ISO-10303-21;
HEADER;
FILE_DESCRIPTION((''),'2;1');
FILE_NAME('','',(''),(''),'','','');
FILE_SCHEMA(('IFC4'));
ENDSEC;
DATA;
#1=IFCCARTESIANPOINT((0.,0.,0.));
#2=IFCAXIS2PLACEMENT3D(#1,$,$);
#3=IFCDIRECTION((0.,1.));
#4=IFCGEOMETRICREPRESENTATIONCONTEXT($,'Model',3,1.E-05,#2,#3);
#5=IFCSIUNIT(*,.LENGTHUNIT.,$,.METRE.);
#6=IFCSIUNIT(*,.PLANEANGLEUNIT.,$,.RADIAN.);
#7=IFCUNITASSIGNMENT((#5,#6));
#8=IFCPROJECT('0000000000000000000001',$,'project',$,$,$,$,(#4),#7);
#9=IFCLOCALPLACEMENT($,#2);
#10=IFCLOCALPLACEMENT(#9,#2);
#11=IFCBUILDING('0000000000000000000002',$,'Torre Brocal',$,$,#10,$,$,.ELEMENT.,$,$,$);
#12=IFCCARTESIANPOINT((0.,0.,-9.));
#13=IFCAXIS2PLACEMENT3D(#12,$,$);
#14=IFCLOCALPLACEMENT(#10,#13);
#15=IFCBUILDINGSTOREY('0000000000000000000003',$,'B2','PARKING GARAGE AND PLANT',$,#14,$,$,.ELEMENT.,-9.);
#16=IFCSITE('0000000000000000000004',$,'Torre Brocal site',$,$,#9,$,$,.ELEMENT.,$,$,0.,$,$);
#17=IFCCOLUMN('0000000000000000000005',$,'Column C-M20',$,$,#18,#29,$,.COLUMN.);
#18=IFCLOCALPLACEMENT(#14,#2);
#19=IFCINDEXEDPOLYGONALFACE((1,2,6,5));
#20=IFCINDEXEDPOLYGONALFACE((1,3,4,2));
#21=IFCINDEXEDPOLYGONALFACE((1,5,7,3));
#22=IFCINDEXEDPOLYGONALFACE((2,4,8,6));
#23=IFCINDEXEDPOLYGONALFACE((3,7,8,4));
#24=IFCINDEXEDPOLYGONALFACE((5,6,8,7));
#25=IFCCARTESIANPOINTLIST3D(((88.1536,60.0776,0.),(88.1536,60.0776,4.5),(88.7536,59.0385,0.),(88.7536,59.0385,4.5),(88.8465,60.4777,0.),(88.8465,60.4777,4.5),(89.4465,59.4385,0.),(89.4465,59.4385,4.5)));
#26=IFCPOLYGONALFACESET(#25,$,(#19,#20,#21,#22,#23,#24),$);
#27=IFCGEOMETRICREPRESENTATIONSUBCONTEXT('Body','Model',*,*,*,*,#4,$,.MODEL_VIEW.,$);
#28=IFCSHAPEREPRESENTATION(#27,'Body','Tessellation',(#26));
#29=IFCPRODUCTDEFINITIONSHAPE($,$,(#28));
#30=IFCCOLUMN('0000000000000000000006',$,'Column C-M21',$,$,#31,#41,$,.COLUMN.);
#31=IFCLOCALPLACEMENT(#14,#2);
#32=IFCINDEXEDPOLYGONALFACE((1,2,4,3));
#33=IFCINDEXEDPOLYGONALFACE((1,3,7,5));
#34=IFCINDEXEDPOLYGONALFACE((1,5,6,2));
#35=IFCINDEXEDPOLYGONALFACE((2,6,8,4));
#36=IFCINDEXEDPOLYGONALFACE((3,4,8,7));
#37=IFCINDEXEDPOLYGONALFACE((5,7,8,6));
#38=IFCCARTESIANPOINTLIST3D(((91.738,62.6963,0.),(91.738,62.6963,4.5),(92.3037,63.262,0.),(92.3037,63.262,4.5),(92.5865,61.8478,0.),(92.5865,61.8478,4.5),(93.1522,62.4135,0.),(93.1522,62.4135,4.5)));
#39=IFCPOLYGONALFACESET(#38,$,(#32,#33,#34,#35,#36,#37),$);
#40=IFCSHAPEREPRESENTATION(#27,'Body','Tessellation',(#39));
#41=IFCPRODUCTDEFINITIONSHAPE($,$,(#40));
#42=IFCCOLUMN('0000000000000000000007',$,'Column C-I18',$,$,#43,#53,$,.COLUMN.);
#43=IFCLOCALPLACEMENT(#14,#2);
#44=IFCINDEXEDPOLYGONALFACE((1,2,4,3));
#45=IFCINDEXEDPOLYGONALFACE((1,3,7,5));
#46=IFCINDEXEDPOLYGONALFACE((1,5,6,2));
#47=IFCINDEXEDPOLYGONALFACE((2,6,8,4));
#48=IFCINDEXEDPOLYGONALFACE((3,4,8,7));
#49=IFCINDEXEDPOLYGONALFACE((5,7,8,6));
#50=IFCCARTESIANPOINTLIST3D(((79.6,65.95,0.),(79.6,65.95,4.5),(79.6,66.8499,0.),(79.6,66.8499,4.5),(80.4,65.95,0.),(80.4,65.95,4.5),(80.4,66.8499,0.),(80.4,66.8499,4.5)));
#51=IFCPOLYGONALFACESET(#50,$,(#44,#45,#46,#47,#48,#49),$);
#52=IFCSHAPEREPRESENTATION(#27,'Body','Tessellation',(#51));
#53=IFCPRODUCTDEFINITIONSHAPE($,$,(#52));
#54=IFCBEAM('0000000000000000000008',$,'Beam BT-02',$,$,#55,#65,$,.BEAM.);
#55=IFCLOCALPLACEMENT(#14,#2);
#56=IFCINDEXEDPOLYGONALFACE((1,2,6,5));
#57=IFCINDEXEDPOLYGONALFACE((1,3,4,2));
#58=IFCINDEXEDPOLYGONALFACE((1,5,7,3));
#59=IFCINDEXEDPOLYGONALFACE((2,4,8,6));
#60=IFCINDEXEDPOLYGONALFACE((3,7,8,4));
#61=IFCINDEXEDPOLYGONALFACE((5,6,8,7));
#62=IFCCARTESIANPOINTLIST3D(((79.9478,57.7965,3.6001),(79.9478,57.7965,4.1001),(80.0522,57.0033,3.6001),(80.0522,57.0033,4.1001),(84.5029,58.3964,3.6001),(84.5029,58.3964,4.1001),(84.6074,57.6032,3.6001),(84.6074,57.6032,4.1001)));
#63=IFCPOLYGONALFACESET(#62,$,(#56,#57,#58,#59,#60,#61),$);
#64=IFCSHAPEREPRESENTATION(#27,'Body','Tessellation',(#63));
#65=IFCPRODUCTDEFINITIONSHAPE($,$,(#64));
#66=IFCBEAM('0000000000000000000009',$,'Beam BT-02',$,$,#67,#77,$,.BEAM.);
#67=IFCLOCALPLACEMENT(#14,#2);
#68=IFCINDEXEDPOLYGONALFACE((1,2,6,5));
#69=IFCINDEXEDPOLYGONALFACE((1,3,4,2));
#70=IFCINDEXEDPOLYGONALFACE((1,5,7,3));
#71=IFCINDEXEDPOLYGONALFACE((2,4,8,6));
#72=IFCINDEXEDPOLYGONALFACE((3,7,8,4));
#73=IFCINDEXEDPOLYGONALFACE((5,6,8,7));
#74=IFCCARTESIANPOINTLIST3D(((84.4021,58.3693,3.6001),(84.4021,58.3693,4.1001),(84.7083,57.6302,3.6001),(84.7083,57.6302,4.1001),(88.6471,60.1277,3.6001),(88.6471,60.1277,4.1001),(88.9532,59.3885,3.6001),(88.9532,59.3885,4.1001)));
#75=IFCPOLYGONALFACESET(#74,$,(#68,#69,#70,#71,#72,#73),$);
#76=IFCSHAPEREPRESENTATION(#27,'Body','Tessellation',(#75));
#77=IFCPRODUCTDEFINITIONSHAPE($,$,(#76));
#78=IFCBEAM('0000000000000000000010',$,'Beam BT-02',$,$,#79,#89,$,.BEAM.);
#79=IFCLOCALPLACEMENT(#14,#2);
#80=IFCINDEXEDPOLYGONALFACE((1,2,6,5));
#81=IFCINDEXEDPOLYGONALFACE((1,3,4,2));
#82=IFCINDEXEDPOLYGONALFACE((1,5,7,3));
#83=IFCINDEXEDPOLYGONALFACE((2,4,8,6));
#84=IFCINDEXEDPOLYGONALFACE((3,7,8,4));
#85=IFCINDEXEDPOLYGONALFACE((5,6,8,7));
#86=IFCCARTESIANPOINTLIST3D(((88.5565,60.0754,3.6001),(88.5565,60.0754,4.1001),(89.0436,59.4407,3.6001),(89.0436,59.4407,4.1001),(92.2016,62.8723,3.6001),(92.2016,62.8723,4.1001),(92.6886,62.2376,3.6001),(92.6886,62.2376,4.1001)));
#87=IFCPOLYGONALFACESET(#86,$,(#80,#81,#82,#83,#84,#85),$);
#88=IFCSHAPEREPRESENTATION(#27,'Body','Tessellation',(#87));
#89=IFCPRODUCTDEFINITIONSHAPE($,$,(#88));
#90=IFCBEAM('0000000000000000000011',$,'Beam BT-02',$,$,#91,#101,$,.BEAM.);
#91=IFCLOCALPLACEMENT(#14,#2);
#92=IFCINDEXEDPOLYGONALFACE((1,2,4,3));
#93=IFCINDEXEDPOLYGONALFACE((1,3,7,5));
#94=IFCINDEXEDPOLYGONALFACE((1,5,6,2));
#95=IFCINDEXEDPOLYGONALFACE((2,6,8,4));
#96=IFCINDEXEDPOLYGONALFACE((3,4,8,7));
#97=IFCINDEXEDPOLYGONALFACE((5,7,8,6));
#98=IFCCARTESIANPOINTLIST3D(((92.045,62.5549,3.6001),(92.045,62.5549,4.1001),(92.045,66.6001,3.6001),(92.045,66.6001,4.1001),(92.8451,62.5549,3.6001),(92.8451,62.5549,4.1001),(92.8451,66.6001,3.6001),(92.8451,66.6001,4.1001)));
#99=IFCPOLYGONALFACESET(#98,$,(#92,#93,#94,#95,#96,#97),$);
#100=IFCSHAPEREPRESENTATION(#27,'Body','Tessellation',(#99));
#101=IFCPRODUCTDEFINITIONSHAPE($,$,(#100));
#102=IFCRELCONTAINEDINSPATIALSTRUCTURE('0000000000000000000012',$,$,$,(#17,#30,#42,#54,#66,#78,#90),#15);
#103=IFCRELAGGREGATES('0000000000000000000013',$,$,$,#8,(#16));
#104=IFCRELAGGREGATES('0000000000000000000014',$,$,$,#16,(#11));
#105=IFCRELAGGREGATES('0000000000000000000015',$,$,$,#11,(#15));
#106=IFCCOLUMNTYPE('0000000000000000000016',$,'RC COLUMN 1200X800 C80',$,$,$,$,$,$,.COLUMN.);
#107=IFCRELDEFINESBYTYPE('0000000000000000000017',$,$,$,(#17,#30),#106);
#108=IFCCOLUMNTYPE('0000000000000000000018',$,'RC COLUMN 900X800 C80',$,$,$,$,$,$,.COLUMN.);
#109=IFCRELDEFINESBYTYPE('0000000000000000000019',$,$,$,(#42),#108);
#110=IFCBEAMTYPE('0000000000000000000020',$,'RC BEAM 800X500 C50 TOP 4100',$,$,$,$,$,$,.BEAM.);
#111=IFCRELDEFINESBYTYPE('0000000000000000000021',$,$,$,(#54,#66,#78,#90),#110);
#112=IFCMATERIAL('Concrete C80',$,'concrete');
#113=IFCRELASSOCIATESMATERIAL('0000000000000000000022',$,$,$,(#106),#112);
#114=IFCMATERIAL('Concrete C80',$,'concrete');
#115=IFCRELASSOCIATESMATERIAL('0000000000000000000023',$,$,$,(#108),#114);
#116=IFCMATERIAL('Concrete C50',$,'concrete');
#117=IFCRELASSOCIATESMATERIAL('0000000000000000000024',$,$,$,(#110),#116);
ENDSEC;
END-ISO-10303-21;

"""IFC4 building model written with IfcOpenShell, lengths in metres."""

from ifc_helpers import new_model, si_unit, direction, frame, origin, origin_2d, place, context, subcontext, project, spatial, rectangle, extrude, material, material_profile, profile_set, type_object, element, save


model = new_model("IFC4")

# Units and contexts
model_context = context("Model", 3, precision=1e-05, world=origin(), true_north=direction((0.0, 1.0)))
body_context = subcontext(model_context, "Body", "Model", "MODEL_VIEW")
ifc_project = project(units=[si_unit("LENGTHUNIT", "METRE"), si_unit("PLANEANGLEUNIT", "RADIAN")], contexts=[model_context])

# Site, building, storey
site_placement = place(None, origin())
site = spatial("IfcSite", under=ifc_project, at=site_placement, Name="Torre Brocal site", CompositionType="ELEMENT", RefElevation=0.0)
building_placement = place(site_placement, origin())
building = spatial("IfcBuilding", under=site, at=building_placement, Name="Torre Brocal", CompositionType="ELEMENT")
storey_placement = place(building_placement, frame((0.0, 0.0, -9.0)))
storey = spatial("IfcBuildingStorey", under=building, at=storey_placement, Name="B2", Description="PARKING GARAGE AND PLANT", CompositionType="ELEMENT", Elevation=-9.0)

# Columns
ifc_material_1 = material(Name="Concrete C80", Category="concrete")
ifc_material_profile_1 = material_profile(ifc_material_1, rectangle(XDim=1.2, YDim=0.8, at=origin_2d()), Name="RC 1200X800")
ifc_profile_set_1 = profile_set([ifc_material_profile_1], Name="Concrete C80")
column_type_1 = type_object("IfcColumnType", Name="RC COLUMN 1200X800 C80", PredefinedType="COLUMN", material=ifc_profile_set_1)
for number, where, z_axis, x_axis, name in (
    (1, (88.8, 59.7581, 0.0), (0.0, 0.0, 1.0), (0.5, -0.866025, 0.0), "Column C-M20"),
    (2, (92.4451, 62.5549, 0.0), (0.0, 0.0, 1.0), (0.707107, -0.707107, 0.0), "Column C-M21"),
):
    element("IfcColumn", number, at=place(storey_placement, frame(where, z_axis=z_axis, x_axis=x_axis)), inside=storey, type_object=column_type_1, Name=name, PredefinedType="COLUMN", context=body_context, shape_type="SweptSolid", body=[
        extrude(rectangle(XDim=1.2, YDim=0.8, at=origin_2d()), origin(), (0.0, 0.0, 1.0), 4.5),
    ])
ifc_material_2 = material(Name="Concrete C80", Category="concrete")
ifc_material_profile_2 = material_profile(ifc_material_2, rectangle(XDim=0.8999, YDim=0.8, at=origin_2d()), Name="RC 900X800")
ifc_profile_set_2 = profile_set([ifc_material_profile_2], Name="Concrete C80")
column_type_2 = type_object("IfcColumnType", Name="RC COLUMN 900X800 C80", PredefinedType="COLUMN", material=ifc_profile_set_2)
column_placement = place(storey_placement, frame((80.0, 66.3999, 0.0), z_axis=(0.0, 0.0, 1.0), x_axis=(0.0, -1.0, 0.0)))
element("IfcColumn", 3, at=column_placement, inside=storey, type_object=column_type_2, Name="Column C-I18", PredefinedType="COLUMN", context=body_context, shape_type="SweptSolid", body=[
    extrude(rectangle(XDim=0.8999, YDim=0.8, at=origin_2d()), origin(), (0.0, 0.0, 1.0), 4.5),
])

# Beams
ifc_material_3 = material(Name="Concrete C50", Category="concrete")
ifc_material_profile_3 = material_profile(ifc_material_3, rectangle(XDim=0.8, YDim=0.5, at=origin_2d()), Name="RC 800X500")
ifc_profile_set_3 = profile_set([ifc_material_profile_3], Name="Concrete C50")
beam_type = type_object("IfcBeamType", Name="RC BEAM 800X500 C50 TOP 4100", PredefinedType="BEAM", material=ifc_profile_set_3)
beam_1_placement = place(storey_placement, frame((80.0, 57.3999, 3.8501), z_axis=(0.991441, 0.130559, 0.0), x_axis=(-0.130559, 0.991441, 0.0)))
element("IfcBeam", 4, at=beam_1_placement, inside=storey, type_object=beam_type, Name="Beam BT-02", PredefinedType="BEAM", context=body_context, shape_type="SweptSolid", body=[
    extrude(rectangle(XDim=0.8, YDim=0.5, at=origin_2d()), origin(), (0.0, 0.0, 1.0), 4.5945),
])
beam_2_placement = place(storey_placement, frame((84.5552, 57.9998, 3.8501), z_axis=(0.923878, 0.382687, 0.0), x_axis=(-0.382687, 0.923878, 0.0)))
element("IfcBeam", 5, at=beam_2_placement, inside=storey, type_object=beam_type, Name="Beam BT-02", PredefinedType="BEAM", context=body_context, shape_type="SweptSolid", body=[
    extrude(rectangle(XDim=0.8, YDim=0.5, at=origin_2d()), origin(), (0.0, 0.0, 1.0), 4.5947),
])
beam_3_placement = place(storey_placement, frame((88.8, 59.7581, 3.8501), z_axis=(0.793358, 0.608755, 0.0), x_axis=(-0.608755, 0.793358, 0.0)))
element("IfcBeam", 6, at=beam_3_placement, inside=storey, type_object=beam_type, Name="Beam BT-02", PredefinedType="BEAM", context=body_context, shape_type="SweptSolid", body=[
    extrude(rectangle(XDim=0.8, YDim=0.5, at=origin_2d()), origin(), (0.0, 0.0, 1.0), 4.5945),
])
beam_4_placement = place(storey_placement, frame((92.4451, 62.5549, 3.8501), z_axis=(0.0, 1.0, 0.0), x_axis=(-1.0, 0.0, 0.0)))
element("IfcBeam", 7, at=beam_4_placement, inside=storey, type_object=beam_type, Name="Beam BT-02", PredefinedType="BEAM", context=body_context, shape_type="SweptSolid", body=[
    extrude(rectangle(XDim=0.8, YDim=0.5, at=origin_2d()), origin(), (0.0, 0.0, 1.0), 4.0452),
])

save(model, "model.ifc")
